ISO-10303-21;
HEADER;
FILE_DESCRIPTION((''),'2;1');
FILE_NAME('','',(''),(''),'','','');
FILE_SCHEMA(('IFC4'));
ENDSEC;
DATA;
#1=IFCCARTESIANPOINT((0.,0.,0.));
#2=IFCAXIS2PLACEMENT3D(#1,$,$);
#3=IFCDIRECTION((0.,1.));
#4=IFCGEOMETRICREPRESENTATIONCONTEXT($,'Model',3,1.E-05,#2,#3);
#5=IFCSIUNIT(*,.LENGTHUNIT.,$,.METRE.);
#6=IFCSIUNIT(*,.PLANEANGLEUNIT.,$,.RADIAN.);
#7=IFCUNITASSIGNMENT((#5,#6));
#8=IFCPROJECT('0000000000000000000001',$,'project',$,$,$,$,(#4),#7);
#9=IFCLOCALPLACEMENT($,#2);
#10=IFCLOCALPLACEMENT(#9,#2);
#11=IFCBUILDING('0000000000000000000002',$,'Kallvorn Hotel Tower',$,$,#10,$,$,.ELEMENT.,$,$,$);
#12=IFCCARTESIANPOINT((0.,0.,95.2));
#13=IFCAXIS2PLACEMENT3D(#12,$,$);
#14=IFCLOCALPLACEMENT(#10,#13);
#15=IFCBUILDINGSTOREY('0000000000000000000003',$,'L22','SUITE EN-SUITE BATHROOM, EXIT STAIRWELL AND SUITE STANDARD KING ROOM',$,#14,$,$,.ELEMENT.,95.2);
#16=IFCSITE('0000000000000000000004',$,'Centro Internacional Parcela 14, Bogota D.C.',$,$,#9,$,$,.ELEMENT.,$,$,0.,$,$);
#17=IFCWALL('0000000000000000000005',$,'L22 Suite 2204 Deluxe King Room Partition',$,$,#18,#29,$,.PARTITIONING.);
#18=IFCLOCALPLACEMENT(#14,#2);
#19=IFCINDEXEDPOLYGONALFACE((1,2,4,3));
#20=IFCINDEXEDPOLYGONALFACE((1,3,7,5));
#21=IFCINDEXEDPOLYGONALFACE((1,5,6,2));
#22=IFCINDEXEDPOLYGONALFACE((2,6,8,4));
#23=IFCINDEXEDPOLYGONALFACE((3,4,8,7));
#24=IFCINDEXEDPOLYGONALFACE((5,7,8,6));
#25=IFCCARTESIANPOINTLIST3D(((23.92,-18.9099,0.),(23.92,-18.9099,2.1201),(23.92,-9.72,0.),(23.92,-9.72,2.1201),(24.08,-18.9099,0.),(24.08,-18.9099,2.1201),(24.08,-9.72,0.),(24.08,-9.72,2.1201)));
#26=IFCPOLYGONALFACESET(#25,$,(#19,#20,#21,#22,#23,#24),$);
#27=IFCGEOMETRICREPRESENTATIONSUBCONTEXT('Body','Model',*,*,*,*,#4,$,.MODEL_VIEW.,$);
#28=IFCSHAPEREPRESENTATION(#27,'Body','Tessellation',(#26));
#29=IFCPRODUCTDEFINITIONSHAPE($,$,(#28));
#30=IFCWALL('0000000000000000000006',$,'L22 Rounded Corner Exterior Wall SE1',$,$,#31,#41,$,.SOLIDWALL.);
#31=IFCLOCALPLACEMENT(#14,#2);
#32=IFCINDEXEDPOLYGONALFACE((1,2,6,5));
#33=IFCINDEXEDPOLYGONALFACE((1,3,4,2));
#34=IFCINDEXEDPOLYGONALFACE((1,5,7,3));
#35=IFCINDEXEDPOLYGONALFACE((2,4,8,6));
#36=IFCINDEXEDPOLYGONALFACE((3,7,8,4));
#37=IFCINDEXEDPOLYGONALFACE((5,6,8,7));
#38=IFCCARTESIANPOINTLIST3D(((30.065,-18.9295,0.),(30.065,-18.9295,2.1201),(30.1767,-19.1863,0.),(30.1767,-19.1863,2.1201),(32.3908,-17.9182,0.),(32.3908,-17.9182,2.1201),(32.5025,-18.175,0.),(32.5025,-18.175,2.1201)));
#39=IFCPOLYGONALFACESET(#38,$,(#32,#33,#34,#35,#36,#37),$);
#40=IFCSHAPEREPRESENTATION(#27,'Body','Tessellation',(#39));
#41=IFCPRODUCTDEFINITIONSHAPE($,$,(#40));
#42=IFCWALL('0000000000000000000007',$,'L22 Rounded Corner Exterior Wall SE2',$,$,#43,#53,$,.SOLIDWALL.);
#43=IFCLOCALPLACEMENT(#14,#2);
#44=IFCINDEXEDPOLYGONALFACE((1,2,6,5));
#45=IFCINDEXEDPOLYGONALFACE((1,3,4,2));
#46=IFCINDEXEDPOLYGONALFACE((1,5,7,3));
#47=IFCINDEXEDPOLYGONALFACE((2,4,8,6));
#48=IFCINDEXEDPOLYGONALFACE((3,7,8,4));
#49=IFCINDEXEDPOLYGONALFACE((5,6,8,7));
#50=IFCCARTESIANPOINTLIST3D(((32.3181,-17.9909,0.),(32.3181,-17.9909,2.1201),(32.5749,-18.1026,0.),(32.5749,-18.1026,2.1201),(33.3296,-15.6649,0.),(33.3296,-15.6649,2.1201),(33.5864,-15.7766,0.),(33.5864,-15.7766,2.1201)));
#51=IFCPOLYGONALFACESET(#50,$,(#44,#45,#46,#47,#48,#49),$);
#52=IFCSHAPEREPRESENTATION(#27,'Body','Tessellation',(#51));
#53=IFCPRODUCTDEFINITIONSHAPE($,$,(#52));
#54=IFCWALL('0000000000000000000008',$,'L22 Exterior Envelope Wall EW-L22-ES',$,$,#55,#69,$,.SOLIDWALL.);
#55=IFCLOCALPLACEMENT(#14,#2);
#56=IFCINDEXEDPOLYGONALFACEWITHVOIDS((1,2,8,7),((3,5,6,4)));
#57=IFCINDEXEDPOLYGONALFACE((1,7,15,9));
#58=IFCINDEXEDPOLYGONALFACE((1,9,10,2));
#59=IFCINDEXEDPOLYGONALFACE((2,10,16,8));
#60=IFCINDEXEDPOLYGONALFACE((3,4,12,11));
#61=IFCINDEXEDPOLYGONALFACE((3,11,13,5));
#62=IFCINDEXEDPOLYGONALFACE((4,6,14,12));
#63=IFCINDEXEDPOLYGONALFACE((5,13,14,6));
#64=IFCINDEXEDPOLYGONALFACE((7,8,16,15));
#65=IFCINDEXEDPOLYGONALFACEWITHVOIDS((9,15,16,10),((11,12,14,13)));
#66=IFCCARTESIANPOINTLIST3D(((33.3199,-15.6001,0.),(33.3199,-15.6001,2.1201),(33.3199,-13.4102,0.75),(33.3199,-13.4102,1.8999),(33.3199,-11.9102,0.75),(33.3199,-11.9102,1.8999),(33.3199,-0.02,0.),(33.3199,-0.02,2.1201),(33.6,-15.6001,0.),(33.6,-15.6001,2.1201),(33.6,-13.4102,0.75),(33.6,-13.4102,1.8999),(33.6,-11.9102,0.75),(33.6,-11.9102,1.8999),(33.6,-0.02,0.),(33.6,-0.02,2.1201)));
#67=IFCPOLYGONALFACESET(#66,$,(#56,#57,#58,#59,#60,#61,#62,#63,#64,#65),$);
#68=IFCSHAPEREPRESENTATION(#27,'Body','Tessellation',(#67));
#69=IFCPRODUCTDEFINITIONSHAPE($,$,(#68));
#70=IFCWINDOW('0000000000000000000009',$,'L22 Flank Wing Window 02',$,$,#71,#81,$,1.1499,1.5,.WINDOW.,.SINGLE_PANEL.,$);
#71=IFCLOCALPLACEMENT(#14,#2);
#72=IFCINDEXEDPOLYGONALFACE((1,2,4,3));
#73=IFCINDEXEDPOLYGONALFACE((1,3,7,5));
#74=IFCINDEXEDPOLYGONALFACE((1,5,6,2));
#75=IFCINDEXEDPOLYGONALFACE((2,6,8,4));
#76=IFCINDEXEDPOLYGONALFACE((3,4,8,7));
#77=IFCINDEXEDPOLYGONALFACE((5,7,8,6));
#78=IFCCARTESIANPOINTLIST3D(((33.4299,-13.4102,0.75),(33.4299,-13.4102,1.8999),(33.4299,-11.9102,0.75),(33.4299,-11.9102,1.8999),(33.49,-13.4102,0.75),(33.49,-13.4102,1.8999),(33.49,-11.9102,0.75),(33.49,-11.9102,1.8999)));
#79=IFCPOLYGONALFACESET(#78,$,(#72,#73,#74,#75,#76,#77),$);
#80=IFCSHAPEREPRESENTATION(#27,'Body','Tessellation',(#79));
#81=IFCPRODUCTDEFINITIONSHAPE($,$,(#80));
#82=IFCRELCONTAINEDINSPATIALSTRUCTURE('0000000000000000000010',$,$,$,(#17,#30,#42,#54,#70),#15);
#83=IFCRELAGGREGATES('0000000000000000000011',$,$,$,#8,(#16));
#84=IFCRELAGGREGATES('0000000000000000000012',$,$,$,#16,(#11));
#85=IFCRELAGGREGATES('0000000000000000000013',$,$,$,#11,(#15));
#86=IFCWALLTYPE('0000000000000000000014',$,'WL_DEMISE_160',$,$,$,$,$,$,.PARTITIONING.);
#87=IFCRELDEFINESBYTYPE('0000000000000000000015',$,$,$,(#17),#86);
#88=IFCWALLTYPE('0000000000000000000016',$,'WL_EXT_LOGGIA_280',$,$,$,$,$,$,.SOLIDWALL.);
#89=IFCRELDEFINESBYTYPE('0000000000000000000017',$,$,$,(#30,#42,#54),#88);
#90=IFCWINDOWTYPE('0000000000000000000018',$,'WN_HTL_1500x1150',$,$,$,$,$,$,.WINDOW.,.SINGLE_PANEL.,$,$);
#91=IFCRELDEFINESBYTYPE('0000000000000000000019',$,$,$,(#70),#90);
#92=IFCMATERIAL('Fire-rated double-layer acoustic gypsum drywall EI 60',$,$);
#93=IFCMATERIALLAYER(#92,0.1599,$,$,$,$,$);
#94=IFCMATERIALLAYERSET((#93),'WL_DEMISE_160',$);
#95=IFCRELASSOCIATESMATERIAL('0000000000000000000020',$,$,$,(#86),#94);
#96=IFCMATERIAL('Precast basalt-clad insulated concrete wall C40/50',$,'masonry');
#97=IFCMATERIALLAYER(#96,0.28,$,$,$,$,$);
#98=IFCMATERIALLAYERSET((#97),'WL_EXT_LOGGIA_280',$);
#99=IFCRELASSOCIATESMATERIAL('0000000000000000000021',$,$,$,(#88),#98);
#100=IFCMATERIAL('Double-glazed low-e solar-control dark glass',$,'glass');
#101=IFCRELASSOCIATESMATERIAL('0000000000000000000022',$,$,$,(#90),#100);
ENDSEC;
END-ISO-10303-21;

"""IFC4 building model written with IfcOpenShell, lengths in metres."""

from ifc_helpers import new_model, si_unit, direction, frame, frame_2d, origin, place, context, subcontext, project, spatial, rectangle, extrude, material, layer, layer_set, type_object, element, fill, save


model = new_model("IFC4")

# Units and contexts
model_context = context("Model", 3, precision=1e-05, world=origin(), true_north=direction((0.0, 1.0)))
body_context = subcontext(model_context, "Body", "Model", "MODEL_VIEW")
ifc_project = project(units=[si_unit("LENGTHUNIT", "METRE"), si_unit("PLANEANGLEUNIT", "RADIAN")], contexts=[model_context])

# Site, building, storey
site_placement = place(None, origin())
site = spatial("IfcSite", under=ifc_project, at=site_placement, Name="Centro Internacional Parcela 14, Bogota D.C.", CompositionType="ELEMENT", RefElevation=0.0)
building_placement = place(site_placement, origin())
building = spatial("IfcBuilding", under=site, at=building_placement, Name="Kallvorn Hotel Tower", CompositionType="ELEMENT")
storey_placement = place(building_placement, frame((0.0, 0.0, 95.2)))
storey = spatial("IfcBuildingStorey", under=building, at=storey_placement, Name="L22", Description="SUITE EN-SUITE BATHROOM, EXIT STAIRWELL AND SUITE STANDARD KING ROOM", CompositionType="ELEMENT", Elevation=95.2)

# Walls
ifc_material_1 = material(Name="Fire-rated double-layer acoustic gypsum drywall EI 60")
ifc_layer_1 = layer(ifc_material_1, 0.1599)
ifc_layer_set_1 = layer_set([ifc_layer_1], Name="WL_DEMISE_160")
wall_type_1 = type_object("IfcWallType", Name="WL_DEMISE_160", PredefinedType="PARTITIONING", material=ifc_layer_set_1)
for number, where, z_axis, x_axis, name in (
    (1, (24.0, -18.9099, 0.0), (0.0, 0.0, 1.0), (0.0, 1.0, 0.0), "L22 Suite 2204 Deluxe King Room Partition"),
):
    element("IfcWall", number, at=place(storey_placement, frame(where, z_axis=z_axis, x_axis=x_axis)), inside=storey, type_object=wall_type_1, Name=name, PredefinedType="PARTITIONING", context=body_context, shape_type="SweptSolid", body=[
        extrude(rectangle(XDim=9.1899, YDim=0.1599, at=frame_2d((4.595, 0.0))), origin(), (0.0, 0.0, 1.0), 2.1201),
    ])
ifc_material_2 = material(Name="Precast basalt-clad insulated concrete wall C40/50", Category="masonry")
ifc_layer_2 = layer(ifc_material_2, 0.28)
ifc_layer_set_2 = layer_set([ifc_layer_2], Name="WL_EXT_LOGGIA_280")
wall_type_2 = type_object("IfcWallType", Name="WL_EXT_LOGGIA_280", PredefinedType="SOLIDWALL", material=ifc_layer_set_2)
wall_1_placement = place(storey_placement, frame((30.1208, -19.0579, 0.0), z_axis=(0.0, 0.0, 1.0), x_axis=(0.917061, 0.398747, 0.0)))
element("IfcWall", 2, at=wall_1_placement, inside=storey, type_object=wall_type_2, Name="L22 Rounded Corner Exterior Wall SE1", PredefinedType="SOLIDWALL", context=body_context, shape_type="SweptSolid", body=[
    extrude(rectangle(XDim=2.5361, YDim=0.28, at=frame_2d((1.2681, 0.0))), origin(), (0.0, 0.0, 1.0), 2.1201),
])
wall_2_placement = place(storey_placement, frame((32.4465, -18.0466, 0.0), z_axis=(0.0, 0.0, 1.0), x_axis=(0.398793, 0.917041, 0.0)))
element("IfcWall", 3, at=wall_2_placement, inside=storey, type_object=wall_type_2, Name="L22 Rounded Corner Exterior Wall SE2", PredefinedType="SOLIDWALL", context=body_context, shape_type="SweptSolid", body=[
    extrude(rectangle(XDim=2.5364, YDim=0.28, at=frame_2d((1.2681, 0.0))), origin(), (0.0, 0.0, 1.0), 2.1201),
])

# Wall, opening, window
wall_3_placement = place(storey_placement, frame((33.46, -15.6001, 0.0), z_axis=(0.0, 0.0, 1.0), x_axis=(0.0, 1.0, 0.0)))
wall_3 = element("IfcWall", 4, at=wall_3_placement, inside=storey, type_object=wall_type_2, Name="L22 Exterior Envelope Wall EW-L22-ES", PredefinedType="SOLIDWALL", context=body_context, shape_type="SweptSolid", body=[
    extrude(rectangle(XDim=15.5801, YDim=0.28, at=frame_2d((7.79, 0.0))), origin(), (0.0, 0.0, 1.0), 2.1201),
])
opening_placement = place(wall_3_placement, frame((2.1899, 0.0, 0.75)))
opening = element("IfcOpeningElement", 5, at=opening_placement, cuts=wall_3, PredefinedType="OPENING", context=body_context, shape_type="SweptSolid", body=[
    extrude(rectangle(XDim=1.5, YDim=1.1499, at=frame_2d((0.75, 0.575))), frame((0.0, 0.155, 0.0), z_axis=(0.0, -1.0, 0.0), x_axis=(1.0, 0.0, 0.0)), (0.0, 0.0, 1.0), 0.3101),
])
ifc_material_3 = material(Name="Double-glazed low-e solar-control dark glass", Category="glass")
window_type = type_object("IfcWindowType", Name="WN_HTL_1500x1150", PartitioningType="SINGLE_PANEL", PredefinedType="WINDOW", material=ifc_material_3)
window_placement = place(opening_placement, origin())
window = element("IfcWindow", 6, at=window_placement, inside=storey, type_object=window_type, Name="L22 Flank Wing Window 02", OverallHeight=1.1499, OverallWidth=1.5, PartitioningType="SINGLE_PANEL", PredefinedType="WINDOW", context=body_context, shape_type="SweptSolid", body=[
    extrude(rectangle(XDim=1.5, YDim=1.1499, at=frame_2d((0.75, 0.575))), frame((0.0, 0.03, 0.0), z_axis=(0.0, -1.0, 0.0), x_axis=(1.0, 0.0, 0.0)), (0.0, 0.0, 1.0), 0.0601),
])
fill(opening, window)

save(model, "model.ifc")
